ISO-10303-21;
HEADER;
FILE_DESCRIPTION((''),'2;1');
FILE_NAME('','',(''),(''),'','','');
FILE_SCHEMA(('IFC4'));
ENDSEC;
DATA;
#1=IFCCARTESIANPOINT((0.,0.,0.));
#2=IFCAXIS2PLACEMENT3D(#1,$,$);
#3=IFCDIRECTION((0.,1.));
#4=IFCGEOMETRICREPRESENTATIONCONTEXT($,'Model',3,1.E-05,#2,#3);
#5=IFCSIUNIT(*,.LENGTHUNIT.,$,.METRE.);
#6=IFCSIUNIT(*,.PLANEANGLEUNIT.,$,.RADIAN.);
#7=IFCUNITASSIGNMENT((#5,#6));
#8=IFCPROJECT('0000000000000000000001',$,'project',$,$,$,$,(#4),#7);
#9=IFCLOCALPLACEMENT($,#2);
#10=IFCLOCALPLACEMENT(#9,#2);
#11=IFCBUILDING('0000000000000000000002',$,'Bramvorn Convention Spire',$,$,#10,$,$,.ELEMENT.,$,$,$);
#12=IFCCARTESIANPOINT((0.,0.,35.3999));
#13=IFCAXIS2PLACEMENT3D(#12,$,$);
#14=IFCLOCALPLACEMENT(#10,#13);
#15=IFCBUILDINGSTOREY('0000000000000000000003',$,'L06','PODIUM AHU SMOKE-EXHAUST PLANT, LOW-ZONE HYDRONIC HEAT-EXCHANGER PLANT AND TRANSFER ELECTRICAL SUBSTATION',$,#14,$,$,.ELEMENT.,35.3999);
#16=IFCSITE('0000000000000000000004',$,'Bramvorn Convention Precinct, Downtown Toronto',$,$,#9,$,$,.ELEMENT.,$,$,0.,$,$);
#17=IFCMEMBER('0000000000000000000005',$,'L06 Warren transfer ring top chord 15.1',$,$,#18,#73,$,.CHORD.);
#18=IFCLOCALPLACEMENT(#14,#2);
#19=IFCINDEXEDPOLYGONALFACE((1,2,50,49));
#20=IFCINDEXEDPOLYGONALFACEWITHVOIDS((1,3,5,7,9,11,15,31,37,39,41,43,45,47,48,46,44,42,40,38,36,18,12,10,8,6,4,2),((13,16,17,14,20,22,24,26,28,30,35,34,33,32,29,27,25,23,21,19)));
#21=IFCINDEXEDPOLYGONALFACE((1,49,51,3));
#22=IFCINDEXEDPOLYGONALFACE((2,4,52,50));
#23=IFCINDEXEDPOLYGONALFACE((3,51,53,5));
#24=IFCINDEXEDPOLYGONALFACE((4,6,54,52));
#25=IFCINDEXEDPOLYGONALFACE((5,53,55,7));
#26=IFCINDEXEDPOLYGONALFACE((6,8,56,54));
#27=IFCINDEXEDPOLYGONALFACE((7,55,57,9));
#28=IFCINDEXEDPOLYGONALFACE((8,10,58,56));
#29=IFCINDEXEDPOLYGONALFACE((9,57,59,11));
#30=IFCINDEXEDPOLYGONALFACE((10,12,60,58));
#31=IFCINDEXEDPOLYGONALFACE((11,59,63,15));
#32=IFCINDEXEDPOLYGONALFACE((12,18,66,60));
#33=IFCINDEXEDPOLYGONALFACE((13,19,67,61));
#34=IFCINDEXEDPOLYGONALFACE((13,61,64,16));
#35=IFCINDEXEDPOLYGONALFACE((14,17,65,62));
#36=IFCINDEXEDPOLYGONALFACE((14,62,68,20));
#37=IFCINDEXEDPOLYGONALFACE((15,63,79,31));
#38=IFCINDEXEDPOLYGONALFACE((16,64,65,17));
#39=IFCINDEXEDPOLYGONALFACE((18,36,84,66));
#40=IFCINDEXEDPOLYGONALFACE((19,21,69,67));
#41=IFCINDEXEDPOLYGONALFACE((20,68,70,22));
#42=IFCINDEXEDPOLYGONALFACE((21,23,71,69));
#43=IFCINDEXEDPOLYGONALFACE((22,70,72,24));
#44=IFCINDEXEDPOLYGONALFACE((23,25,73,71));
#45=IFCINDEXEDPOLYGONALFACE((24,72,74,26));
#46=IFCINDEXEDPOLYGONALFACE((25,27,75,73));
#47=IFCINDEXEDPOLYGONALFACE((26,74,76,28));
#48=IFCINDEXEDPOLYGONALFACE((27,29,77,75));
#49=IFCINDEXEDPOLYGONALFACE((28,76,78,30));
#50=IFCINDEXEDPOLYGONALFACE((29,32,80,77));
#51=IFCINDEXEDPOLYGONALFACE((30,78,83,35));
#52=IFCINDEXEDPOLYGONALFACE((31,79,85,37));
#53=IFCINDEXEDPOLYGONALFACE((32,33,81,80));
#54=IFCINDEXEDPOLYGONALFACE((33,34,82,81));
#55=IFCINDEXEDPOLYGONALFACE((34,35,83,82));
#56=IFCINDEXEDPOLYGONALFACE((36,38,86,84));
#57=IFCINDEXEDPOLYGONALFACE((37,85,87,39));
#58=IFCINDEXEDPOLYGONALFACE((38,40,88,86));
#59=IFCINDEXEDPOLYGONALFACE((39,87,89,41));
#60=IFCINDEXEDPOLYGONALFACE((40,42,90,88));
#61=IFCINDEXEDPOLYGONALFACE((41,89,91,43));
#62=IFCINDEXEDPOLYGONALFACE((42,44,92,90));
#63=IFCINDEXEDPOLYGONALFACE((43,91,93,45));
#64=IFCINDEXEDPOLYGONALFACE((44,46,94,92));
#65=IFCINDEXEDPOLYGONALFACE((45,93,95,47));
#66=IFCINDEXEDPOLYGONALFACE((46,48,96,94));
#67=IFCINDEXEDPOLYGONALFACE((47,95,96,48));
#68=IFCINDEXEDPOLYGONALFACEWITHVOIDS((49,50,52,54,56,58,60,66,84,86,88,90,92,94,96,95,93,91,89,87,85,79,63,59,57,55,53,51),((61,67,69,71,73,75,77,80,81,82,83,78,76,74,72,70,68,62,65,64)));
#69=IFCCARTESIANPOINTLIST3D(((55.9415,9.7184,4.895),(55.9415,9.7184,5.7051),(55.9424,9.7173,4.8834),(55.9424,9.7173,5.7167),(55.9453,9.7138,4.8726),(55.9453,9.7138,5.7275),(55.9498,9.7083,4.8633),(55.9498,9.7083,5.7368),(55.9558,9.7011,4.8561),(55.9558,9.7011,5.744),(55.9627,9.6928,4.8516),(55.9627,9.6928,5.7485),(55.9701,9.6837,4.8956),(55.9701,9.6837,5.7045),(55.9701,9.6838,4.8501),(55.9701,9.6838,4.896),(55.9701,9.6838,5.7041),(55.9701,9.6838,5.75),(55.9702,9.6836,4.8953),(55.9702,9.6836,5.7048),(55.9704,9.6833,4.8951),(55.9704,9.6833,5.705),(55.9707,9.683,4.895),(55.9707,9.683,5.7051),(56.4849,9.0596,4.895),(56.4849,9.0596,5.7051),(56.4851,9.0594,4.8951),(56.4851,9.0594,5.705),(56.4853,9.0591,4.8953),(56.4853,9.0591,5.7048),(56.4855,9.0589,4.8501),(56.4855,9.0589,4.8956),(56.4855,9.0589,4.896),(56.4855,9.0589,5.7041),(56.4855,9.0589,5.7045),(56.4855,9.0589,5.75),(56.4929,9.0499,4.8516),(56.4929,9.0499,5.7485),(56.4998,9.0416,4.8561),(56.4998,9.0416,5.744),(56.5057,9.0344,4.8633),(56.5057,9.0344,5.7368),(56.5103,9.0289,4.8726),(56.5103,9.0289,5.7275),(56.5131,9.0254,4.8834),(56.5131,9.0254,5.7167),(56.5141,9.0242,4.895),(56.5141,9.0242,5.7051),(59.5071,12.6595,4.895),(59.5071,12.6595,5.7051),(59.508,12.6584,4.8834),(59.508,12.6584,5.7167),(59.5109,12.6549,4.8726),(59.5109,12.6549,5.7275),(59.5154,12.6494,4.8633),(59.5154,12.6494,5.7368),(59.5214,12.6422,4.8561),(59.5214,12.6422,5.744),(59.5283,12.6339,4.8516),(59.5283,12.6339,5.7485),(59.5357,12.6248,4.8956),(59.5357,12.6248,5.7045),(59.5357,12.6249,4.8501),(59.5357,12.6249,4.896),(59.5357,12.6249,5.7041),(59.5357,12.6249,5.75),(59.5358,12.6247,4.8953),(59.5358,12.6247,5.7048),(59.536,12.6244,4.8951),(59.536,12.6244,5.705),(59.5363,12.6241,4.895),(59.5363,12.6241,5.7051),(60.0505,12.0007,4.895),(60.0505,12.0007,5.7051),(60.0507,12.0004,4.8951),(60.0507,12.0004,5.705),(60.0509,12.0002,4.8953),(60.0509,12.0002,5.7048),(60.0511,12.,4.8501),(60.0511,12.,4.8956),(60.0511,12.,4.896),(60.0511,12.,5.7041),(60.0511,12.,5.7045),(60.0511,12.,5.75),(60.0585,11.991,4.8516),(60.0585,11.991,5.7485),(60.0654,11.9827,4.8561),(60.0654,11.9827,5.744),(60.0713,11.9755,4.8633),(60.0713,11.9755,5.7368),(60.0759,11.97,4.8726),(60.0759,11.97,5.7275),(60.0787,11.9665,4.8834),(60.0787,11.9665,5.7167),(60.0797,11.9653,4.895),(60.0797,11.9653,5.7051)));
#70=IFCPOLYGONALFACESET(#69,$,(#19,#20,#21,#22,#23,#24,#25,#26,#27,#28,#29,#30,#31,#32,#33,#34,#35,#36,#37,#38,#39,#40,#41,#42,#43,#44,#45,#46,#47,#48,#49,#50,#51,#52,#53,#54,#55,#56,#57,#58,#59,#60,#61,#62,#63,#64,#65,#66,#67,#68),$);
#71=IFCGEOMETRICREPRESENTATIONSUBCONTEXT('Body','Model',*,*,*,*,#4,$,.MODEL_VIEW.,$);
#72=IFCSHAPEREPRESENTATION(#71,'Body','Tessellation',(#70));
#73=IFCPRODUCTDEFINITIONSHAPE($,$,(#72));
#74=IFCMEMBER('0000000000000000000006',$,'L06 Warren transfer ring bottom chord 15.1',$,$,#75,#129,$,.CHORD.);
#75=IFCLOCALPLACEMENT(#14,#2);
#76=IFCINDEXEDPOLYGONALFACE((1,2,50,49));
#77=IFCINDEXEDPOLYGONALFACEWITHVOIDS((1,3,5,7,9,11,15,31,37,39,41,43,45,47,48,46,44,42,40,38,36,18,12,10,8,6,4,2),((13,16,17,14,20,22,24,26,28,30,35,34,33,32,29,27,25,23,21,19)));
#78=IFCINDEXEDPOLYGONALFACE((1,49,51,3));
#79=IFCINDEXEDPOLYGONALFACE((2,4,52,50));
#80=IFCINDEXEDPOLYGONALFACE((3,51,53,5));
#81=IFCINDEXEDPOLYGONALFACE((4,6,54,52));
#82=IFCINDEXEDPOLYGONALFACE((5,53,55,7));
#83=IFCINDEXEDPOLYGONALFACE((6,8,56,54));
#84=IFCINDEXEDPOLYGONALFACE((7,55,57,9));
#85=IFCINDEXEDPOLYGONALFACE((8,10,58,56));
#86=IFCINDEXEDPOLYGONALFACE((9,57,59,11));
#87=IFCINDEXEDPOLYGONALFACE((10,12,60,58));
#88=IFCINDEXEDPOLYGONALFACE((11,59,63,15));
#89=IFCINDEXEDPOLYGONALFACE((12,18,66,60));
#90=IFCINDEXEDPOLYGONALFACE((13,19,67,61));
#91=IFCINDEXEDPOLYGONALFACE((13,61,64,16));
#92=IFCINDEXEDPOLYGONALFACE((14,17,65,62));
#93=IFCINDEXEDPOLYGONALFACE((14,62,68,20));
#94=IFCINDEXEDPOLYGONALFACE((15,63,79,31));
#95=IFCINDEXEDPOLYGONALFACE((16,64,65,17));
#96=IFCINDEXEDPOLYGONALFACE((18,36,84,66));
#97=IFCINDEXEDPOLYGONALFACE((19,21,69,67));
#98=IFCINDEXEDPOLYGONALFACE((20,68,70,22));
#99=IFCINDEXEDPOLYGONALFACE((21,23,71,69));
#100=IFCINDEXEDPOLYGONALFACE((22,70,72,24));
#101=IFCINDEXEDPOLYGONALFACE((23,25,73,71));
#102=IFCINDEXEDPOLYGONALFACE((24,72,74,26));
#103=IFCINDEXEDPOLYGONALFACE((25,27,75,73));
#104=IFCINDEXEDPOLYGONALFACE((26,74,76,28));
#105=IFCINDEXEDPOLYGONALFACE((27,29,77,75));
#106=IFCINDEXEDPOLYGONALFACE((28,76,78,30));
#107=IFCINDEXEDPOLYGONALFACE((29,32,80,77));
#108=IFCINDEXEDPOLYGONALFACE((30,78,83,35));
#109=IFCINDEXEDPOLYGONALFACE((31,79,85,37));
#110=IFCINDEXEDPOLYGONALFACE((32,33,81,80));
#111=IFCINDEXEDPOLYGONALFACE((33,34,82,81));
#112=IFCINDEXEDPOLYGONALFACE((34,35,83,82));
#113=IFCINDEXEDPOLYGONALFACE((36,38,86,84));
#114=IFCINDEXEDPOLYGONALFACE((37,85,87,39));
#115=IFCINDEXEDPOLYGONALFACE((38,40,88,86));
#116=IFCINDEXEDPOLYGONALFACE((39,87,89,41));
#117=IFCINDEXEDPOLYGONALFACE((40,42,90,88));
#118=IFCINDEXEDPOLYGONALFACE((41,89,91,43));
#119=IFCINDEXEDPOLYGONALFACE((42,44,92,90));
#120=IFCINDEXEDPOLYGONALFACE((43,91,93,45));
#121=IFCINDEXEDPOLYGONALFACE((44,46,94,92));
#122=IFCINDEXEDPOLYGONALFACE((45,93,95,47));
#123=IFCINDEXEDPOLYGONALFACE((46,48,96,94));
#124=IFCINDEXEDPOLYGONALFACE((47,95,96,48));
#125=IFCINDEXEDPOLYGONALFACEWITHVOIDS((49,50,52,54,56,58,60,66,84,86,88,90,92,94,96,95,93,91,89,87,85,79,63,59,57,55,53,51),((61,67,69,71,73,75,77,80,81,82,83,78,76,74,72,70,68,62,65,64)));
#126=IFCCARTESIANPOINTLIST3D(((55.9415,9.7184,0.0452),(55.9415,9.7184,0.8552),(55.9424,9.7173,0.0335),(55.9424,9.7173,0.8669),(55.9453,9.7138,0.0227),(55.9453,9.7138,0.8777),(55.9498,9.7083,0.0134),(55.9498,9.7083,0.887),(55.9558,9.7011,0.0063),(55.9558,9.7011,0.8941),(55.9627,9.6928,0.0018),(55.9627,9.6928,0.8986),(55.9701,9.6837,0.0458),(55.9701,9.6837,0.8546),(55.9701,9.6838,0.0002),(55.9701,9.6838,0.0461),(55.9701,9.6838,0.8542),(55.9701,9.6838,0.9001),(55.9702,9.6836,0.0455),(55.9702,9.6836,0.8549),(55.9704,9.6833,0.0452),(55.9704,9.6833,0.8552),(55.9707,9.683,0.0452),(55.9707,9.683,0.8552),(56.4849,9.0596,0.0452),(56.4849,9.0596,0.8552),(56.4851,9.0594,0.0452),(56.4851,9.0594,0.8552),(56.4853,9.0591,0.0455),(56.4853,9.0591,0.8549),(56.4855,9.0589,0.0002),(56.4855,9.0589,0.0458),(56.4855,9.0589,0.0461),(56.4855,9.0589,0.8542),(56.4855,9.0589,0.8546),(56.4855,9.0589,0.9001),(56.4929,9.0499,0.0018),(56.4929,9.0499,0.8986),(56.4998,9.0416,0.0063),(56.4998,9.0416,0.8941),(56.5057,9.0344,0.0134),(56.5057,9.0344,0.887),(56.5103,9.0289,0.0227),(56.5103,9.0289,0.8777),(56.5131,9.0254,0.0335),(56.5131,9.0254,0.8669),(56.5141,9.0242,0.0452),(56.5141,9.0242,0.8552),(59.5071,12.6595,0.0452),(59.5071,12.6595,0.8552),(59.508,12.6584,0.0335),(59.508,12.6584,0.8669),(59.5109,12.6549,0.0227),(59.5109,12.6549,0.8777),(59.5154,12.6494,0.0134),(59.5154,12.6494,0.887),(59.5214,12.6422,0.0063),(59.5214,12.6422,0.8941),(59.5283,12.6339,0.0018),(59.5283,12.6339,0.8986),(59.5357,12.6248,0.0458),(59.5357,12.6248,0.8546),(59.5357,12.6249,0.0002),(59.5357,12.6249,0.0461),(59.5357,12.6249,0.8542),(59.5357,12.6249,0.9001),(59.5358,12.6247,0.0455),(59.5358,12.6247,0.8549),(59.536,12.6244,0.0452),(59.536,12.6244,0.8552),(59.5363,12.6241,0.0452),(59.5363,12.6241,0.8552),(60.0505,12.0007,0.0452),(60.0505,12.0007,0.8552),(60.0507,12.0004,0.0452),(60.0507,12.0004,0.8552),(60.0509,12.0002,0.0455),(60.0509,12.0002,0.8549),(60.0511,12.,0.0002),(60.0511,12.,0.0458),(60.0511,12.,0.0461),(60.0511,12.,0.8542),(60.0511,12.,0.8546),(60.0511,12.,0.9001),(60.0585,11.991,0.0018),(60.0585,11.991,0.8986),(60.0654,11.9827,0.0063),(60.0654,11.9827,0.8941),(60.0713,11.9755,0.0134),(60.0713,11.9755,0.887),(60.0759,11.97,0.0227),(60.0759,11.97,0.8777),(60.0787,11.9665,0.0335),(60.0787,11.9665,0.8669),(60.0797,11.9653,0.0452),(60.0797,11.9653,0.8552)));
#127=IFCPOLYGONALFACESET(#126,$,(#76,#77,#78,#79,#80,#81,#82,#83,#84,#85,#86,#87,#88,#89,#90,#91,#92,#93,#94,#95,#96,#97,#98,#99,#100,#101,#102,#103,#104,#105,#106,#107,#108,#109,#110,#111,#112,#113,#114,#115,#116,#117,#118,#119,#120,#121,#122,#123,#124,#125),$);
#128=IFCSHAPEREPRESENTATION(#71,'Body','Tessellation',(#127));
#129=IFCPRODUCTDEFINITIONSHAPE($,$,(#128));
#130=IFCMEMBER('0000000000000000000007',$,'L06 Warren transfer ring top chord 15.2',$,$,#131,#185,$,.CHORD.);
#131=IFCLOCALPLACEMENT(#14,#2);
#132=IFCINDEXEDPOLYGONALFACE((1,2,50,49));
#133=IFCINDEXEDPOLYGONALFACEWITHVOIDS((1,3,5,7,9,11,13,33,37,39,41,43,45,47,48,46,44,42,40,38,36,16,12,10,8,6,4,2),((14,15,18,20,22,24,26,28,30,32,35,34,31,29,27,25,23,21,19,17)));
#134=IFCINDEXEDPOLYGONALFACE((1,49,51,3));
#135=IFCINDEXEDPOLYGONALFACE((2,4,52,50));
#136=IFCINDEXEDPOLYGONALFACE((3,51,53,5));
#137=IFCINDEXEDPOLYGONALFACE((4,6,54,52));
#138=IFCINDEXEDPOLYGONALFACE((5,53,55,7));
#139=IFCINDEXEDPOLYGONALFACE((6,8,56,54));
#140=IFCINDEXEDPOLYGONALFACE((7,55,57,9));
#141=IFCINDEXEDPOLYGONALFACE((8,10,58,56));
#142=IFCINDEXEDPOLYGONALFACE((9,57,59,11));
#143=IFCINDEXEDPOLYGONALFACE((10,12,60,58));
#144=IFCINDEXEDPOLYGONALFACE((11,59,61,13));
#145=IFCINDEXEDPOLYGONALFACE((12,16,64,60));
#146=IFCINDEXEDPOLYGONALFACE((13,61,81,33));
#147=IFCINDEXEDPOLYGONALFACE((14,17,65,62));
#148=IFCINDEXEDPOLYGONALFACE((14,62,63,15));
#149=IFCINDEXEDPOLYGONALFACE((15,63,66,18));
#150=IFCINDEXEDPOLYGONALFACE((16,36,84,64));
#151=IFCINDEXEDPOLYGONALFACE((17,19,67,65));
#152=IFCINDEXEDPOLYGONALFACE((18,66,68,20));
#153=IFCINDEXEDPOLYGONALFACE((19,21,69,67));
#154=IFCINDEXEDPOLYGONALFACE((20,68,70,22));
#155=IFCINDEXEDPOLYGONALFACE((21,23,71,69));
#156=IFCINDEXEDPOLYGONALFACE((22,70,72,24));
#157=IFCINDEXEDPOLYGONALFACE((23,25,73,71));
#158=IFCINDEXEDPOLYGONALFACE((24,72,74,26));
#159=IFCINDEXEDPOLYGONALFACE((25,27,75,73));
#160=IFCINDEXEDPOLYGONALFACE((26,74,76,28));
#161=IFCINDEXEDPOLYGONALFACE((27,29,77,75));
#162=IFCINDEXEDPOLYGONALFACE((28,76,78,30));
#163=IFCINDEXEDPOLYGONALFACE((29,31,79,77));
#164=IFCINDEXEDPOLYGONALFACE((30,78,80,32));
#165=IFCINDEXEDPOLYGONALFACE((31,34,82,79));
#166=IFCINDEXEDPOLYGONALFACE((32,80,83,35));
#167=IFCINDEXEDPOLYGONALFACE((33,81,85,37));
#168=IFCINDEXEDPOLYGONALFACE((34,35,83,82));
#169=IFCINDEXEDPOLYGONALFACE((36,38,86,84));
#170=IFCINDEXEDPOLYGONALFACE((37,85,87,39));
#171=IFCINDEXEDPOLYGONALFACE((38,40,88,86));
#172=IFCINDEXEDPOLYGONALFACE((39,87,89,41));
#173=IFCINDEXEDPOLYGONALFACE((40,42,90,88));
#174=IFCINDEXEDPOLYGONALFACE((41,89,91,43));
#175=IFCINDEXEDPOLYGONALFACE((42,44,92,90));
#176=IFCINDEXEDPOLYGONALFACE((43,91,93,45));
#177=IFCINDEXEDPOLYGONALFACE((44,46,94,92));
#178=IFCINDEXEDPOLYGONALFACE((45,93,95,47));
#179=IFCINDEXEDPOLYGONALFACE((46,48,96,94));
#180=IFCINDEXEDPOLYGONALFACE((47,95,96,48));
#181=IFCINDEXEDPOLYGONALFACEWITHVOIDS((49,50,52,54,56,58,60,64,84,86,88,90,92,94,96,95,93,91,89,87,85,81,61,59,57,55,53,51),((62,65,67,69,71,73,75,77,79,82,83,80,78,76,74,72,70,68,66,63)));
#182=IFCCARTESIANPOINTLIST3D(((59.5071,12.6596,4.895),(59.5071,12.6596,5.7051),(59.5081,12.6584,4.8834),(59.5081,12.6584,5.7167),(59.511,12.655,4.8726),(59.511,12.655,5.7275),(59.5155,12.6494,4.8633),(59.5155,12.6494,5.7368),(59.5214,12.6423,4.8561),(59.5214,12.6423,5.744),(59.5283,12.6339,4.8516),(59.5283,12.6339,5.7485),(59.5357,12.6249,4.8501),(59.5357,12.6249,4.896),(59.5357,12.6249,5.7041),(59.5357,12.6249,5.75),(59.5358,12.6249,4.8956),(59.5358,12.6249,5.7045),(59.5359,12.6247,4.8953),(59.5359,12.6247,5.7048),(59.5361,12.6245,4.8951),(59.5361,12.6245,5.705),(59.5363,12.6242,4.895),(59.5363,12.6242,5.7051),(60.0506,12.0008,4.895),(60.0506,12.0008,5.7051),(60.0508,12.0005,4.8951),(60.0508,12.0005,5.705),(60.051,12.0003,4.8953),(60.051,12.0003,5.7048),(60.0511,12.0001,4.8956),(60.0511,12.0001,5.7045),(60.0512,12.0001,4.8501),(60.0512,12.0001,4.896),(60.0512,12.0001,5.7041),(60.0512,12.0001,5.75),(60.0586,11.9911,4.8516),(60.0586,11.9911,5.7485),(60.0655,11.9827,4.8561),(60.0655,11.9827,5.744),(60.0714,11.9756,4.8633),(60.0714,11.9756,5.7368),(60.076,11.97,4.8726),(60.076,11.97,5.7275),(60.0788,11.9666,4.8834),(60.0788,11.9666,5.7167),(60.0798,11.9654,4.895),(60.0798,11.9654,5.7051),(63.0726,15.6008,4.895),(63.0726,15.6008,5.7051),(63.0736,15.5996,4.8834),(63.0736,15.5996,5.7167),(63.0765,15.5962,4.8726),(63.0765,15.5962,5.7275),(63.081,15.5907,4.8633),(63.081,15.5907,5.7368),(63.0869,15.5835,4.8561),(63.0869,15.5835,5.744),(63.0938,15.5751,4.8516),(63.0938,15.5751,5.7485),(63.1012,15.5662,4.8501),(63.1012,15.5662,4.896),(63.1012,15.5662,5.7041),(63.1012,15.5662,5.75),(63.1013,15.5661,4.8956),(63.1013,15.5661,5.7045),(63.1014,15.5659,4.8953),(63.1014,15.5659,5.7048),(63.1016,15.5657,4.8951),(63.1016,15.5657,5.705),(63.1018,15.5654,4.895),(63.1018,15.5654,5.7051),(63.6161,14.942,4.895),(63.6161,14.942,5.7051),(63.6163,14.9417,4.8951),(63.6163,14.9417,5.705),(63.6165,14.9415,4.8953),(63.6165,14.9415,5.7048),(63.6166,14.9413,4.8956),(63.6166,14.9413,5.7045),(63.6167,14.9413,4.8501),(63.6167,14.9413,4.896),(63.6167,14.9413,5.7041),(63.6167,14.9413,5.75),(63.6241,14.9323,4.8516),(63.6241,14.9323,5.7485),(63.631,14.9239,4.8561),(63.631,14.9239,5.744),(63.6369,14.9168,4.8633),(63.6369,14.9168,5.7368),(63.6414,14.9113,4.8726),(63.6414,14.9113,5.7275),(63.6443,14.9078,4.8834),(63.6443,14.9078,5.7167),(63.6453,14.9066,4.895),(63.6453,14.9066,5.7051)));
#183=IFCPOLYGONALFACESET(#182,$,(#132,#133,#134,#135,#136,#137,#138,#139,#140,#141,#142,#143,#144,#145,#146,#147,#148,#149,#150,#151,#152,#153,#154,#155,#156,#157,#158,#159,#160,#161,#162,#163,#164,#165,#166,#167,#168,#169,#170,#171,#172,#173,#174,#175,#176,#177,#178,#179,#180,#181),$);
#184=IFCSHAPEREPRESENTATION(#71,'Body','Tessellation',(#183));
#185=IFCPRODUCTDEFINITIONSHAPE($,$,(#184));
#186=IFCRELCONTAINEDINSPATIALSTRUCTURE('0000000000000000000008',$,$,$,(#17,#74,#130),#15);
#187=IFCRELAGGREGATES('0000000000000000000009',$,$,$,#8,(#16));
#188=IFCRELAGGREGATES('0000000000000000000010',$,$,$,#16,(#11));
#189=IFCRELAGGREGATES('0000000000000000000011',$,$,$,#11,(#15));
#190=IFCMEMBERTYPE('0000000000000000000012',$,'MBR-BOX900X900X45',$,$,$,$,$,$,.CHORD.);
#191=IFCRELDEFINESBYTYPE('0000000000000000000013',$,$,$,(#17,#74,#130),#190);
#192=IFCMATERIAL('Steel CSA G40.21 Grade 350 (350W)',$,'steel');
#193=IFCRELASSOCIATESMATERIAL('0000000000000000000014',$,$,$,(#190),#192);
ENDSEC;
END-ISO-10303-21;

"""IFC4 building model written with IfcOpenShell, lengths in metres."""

from ifc_helpers import new_model, si_unit, direction, frame, origin, origin_2d, place, context, subcontext, project, spatial, hollow_rectangle, extrude, material, material_profile, profile_set, type_object, element, save


model = new_model("IFC4")

# Units and contexts
model_context = context("Model", 3, precision=1e-05, world=origin(), true_north=direction((0.0, 1.0)))
body_context = subcontext(model_context, "Body", "Model", "MODEL_VIEW")
ifc_project = project(units=[si_unit("LENGTHUNIT", "METRE"), si_unit("PLANEANGLEUNIT", "RADIAN")], contexts=[model_context])

# Site, building, storey
site_placement = place(None, origin())
site = spatial("IfcSite", under=ifc_project, at=site_placement, Name="Bramvorn Convention Precinct, Downtown Toronto", CompositionType="ELEMENT", RefElevation=0.0)
building_placement = place(site_placement, origin())
building = spatial("IfcBuilding", under=site, at=building_placement, Name="Bramvorn Convention Spire", CompositionType="ELEMENT")
storey_placement = place(building_placement, frame((0.0, 0.0, 35.3999)))
storey = spatial("IfcBuildingStorey", under=building, at=storey_placement, Name="L06", Description="PODIUM AHU SMOKE-EXHAUST PLANT, LOW-ZONE HYDRONIC HEAT-EXCHANGER PLANT AND TRANSFER ELECTRICAL SUBSTATION", CompositionType="ELEMENT", Elevation=35.3999)

# Shared definitions
ifc_material_1 = material(Name="Steel CSA G40.21 Grade 350 (350W)", Category="steel")

# Members
ifc_material_profile_1 = material_profile(ifc_material_1, hollow_rectangle(XDim=0.8999, YDim=0.8999, WallThickness=0.0449, InnerFilletRadius=0.001, OuterFilletRadius=0.0449, at=origin_2d()))
ifc_profile_set_1 = profile_set([ifc_material_profile_1], Name="Steel CSA G40.21 Grade 350 (350W) - BOX900X900X45")
member_type_1 = type_object("IfcMemberType", Name="MBR-BOX900X900X45", PredefinedType="CHORD", material=ifc_profile_set_1)
for number, where, z_axis, x_axis, name in (
    (1, (56.2278, 9.3713, 5.3), (0.771428, 0.636316, 0.0), (-0.636316, 0.771428, 0.0), "L06 Warren transfer ring top chord 15.1"),
    (2, (56.2278, 9.3713, 0.4502), (0.771428, 0.636316, 0.0), (-0.636316, 0.771428, 0.0), "L06 Warren transfer ring bottom chord 15.1"),
    (3, (59.7935, 12.3125, 5.3), (0.771407, 0.636342, 0.0), (-0.636342, 0.771407, 0.0), "L06 Warren transfer ring top chord 15.2"),
):
    element("IfcMember", number, at=place(storey_placement, frame(where, z_axis=z_axis, x_axis=x_axis)), inside=storey, type_object=member_type_1, Name=name, PredefinedType="CHORD", context=body_context, shape_type="SweptSolid", body=[
        extrude(hollow_rectangle(XDim=0.8999, YDim=0.8999, WallThickness=0.0449, InnerFilletRadius=0.001, OuterFilletRadius=0.0449, at=origin_2d()), origin(), (0.0, 0.0, 1.0), 4.6221),
    ])

save(model, "model.ifc")
